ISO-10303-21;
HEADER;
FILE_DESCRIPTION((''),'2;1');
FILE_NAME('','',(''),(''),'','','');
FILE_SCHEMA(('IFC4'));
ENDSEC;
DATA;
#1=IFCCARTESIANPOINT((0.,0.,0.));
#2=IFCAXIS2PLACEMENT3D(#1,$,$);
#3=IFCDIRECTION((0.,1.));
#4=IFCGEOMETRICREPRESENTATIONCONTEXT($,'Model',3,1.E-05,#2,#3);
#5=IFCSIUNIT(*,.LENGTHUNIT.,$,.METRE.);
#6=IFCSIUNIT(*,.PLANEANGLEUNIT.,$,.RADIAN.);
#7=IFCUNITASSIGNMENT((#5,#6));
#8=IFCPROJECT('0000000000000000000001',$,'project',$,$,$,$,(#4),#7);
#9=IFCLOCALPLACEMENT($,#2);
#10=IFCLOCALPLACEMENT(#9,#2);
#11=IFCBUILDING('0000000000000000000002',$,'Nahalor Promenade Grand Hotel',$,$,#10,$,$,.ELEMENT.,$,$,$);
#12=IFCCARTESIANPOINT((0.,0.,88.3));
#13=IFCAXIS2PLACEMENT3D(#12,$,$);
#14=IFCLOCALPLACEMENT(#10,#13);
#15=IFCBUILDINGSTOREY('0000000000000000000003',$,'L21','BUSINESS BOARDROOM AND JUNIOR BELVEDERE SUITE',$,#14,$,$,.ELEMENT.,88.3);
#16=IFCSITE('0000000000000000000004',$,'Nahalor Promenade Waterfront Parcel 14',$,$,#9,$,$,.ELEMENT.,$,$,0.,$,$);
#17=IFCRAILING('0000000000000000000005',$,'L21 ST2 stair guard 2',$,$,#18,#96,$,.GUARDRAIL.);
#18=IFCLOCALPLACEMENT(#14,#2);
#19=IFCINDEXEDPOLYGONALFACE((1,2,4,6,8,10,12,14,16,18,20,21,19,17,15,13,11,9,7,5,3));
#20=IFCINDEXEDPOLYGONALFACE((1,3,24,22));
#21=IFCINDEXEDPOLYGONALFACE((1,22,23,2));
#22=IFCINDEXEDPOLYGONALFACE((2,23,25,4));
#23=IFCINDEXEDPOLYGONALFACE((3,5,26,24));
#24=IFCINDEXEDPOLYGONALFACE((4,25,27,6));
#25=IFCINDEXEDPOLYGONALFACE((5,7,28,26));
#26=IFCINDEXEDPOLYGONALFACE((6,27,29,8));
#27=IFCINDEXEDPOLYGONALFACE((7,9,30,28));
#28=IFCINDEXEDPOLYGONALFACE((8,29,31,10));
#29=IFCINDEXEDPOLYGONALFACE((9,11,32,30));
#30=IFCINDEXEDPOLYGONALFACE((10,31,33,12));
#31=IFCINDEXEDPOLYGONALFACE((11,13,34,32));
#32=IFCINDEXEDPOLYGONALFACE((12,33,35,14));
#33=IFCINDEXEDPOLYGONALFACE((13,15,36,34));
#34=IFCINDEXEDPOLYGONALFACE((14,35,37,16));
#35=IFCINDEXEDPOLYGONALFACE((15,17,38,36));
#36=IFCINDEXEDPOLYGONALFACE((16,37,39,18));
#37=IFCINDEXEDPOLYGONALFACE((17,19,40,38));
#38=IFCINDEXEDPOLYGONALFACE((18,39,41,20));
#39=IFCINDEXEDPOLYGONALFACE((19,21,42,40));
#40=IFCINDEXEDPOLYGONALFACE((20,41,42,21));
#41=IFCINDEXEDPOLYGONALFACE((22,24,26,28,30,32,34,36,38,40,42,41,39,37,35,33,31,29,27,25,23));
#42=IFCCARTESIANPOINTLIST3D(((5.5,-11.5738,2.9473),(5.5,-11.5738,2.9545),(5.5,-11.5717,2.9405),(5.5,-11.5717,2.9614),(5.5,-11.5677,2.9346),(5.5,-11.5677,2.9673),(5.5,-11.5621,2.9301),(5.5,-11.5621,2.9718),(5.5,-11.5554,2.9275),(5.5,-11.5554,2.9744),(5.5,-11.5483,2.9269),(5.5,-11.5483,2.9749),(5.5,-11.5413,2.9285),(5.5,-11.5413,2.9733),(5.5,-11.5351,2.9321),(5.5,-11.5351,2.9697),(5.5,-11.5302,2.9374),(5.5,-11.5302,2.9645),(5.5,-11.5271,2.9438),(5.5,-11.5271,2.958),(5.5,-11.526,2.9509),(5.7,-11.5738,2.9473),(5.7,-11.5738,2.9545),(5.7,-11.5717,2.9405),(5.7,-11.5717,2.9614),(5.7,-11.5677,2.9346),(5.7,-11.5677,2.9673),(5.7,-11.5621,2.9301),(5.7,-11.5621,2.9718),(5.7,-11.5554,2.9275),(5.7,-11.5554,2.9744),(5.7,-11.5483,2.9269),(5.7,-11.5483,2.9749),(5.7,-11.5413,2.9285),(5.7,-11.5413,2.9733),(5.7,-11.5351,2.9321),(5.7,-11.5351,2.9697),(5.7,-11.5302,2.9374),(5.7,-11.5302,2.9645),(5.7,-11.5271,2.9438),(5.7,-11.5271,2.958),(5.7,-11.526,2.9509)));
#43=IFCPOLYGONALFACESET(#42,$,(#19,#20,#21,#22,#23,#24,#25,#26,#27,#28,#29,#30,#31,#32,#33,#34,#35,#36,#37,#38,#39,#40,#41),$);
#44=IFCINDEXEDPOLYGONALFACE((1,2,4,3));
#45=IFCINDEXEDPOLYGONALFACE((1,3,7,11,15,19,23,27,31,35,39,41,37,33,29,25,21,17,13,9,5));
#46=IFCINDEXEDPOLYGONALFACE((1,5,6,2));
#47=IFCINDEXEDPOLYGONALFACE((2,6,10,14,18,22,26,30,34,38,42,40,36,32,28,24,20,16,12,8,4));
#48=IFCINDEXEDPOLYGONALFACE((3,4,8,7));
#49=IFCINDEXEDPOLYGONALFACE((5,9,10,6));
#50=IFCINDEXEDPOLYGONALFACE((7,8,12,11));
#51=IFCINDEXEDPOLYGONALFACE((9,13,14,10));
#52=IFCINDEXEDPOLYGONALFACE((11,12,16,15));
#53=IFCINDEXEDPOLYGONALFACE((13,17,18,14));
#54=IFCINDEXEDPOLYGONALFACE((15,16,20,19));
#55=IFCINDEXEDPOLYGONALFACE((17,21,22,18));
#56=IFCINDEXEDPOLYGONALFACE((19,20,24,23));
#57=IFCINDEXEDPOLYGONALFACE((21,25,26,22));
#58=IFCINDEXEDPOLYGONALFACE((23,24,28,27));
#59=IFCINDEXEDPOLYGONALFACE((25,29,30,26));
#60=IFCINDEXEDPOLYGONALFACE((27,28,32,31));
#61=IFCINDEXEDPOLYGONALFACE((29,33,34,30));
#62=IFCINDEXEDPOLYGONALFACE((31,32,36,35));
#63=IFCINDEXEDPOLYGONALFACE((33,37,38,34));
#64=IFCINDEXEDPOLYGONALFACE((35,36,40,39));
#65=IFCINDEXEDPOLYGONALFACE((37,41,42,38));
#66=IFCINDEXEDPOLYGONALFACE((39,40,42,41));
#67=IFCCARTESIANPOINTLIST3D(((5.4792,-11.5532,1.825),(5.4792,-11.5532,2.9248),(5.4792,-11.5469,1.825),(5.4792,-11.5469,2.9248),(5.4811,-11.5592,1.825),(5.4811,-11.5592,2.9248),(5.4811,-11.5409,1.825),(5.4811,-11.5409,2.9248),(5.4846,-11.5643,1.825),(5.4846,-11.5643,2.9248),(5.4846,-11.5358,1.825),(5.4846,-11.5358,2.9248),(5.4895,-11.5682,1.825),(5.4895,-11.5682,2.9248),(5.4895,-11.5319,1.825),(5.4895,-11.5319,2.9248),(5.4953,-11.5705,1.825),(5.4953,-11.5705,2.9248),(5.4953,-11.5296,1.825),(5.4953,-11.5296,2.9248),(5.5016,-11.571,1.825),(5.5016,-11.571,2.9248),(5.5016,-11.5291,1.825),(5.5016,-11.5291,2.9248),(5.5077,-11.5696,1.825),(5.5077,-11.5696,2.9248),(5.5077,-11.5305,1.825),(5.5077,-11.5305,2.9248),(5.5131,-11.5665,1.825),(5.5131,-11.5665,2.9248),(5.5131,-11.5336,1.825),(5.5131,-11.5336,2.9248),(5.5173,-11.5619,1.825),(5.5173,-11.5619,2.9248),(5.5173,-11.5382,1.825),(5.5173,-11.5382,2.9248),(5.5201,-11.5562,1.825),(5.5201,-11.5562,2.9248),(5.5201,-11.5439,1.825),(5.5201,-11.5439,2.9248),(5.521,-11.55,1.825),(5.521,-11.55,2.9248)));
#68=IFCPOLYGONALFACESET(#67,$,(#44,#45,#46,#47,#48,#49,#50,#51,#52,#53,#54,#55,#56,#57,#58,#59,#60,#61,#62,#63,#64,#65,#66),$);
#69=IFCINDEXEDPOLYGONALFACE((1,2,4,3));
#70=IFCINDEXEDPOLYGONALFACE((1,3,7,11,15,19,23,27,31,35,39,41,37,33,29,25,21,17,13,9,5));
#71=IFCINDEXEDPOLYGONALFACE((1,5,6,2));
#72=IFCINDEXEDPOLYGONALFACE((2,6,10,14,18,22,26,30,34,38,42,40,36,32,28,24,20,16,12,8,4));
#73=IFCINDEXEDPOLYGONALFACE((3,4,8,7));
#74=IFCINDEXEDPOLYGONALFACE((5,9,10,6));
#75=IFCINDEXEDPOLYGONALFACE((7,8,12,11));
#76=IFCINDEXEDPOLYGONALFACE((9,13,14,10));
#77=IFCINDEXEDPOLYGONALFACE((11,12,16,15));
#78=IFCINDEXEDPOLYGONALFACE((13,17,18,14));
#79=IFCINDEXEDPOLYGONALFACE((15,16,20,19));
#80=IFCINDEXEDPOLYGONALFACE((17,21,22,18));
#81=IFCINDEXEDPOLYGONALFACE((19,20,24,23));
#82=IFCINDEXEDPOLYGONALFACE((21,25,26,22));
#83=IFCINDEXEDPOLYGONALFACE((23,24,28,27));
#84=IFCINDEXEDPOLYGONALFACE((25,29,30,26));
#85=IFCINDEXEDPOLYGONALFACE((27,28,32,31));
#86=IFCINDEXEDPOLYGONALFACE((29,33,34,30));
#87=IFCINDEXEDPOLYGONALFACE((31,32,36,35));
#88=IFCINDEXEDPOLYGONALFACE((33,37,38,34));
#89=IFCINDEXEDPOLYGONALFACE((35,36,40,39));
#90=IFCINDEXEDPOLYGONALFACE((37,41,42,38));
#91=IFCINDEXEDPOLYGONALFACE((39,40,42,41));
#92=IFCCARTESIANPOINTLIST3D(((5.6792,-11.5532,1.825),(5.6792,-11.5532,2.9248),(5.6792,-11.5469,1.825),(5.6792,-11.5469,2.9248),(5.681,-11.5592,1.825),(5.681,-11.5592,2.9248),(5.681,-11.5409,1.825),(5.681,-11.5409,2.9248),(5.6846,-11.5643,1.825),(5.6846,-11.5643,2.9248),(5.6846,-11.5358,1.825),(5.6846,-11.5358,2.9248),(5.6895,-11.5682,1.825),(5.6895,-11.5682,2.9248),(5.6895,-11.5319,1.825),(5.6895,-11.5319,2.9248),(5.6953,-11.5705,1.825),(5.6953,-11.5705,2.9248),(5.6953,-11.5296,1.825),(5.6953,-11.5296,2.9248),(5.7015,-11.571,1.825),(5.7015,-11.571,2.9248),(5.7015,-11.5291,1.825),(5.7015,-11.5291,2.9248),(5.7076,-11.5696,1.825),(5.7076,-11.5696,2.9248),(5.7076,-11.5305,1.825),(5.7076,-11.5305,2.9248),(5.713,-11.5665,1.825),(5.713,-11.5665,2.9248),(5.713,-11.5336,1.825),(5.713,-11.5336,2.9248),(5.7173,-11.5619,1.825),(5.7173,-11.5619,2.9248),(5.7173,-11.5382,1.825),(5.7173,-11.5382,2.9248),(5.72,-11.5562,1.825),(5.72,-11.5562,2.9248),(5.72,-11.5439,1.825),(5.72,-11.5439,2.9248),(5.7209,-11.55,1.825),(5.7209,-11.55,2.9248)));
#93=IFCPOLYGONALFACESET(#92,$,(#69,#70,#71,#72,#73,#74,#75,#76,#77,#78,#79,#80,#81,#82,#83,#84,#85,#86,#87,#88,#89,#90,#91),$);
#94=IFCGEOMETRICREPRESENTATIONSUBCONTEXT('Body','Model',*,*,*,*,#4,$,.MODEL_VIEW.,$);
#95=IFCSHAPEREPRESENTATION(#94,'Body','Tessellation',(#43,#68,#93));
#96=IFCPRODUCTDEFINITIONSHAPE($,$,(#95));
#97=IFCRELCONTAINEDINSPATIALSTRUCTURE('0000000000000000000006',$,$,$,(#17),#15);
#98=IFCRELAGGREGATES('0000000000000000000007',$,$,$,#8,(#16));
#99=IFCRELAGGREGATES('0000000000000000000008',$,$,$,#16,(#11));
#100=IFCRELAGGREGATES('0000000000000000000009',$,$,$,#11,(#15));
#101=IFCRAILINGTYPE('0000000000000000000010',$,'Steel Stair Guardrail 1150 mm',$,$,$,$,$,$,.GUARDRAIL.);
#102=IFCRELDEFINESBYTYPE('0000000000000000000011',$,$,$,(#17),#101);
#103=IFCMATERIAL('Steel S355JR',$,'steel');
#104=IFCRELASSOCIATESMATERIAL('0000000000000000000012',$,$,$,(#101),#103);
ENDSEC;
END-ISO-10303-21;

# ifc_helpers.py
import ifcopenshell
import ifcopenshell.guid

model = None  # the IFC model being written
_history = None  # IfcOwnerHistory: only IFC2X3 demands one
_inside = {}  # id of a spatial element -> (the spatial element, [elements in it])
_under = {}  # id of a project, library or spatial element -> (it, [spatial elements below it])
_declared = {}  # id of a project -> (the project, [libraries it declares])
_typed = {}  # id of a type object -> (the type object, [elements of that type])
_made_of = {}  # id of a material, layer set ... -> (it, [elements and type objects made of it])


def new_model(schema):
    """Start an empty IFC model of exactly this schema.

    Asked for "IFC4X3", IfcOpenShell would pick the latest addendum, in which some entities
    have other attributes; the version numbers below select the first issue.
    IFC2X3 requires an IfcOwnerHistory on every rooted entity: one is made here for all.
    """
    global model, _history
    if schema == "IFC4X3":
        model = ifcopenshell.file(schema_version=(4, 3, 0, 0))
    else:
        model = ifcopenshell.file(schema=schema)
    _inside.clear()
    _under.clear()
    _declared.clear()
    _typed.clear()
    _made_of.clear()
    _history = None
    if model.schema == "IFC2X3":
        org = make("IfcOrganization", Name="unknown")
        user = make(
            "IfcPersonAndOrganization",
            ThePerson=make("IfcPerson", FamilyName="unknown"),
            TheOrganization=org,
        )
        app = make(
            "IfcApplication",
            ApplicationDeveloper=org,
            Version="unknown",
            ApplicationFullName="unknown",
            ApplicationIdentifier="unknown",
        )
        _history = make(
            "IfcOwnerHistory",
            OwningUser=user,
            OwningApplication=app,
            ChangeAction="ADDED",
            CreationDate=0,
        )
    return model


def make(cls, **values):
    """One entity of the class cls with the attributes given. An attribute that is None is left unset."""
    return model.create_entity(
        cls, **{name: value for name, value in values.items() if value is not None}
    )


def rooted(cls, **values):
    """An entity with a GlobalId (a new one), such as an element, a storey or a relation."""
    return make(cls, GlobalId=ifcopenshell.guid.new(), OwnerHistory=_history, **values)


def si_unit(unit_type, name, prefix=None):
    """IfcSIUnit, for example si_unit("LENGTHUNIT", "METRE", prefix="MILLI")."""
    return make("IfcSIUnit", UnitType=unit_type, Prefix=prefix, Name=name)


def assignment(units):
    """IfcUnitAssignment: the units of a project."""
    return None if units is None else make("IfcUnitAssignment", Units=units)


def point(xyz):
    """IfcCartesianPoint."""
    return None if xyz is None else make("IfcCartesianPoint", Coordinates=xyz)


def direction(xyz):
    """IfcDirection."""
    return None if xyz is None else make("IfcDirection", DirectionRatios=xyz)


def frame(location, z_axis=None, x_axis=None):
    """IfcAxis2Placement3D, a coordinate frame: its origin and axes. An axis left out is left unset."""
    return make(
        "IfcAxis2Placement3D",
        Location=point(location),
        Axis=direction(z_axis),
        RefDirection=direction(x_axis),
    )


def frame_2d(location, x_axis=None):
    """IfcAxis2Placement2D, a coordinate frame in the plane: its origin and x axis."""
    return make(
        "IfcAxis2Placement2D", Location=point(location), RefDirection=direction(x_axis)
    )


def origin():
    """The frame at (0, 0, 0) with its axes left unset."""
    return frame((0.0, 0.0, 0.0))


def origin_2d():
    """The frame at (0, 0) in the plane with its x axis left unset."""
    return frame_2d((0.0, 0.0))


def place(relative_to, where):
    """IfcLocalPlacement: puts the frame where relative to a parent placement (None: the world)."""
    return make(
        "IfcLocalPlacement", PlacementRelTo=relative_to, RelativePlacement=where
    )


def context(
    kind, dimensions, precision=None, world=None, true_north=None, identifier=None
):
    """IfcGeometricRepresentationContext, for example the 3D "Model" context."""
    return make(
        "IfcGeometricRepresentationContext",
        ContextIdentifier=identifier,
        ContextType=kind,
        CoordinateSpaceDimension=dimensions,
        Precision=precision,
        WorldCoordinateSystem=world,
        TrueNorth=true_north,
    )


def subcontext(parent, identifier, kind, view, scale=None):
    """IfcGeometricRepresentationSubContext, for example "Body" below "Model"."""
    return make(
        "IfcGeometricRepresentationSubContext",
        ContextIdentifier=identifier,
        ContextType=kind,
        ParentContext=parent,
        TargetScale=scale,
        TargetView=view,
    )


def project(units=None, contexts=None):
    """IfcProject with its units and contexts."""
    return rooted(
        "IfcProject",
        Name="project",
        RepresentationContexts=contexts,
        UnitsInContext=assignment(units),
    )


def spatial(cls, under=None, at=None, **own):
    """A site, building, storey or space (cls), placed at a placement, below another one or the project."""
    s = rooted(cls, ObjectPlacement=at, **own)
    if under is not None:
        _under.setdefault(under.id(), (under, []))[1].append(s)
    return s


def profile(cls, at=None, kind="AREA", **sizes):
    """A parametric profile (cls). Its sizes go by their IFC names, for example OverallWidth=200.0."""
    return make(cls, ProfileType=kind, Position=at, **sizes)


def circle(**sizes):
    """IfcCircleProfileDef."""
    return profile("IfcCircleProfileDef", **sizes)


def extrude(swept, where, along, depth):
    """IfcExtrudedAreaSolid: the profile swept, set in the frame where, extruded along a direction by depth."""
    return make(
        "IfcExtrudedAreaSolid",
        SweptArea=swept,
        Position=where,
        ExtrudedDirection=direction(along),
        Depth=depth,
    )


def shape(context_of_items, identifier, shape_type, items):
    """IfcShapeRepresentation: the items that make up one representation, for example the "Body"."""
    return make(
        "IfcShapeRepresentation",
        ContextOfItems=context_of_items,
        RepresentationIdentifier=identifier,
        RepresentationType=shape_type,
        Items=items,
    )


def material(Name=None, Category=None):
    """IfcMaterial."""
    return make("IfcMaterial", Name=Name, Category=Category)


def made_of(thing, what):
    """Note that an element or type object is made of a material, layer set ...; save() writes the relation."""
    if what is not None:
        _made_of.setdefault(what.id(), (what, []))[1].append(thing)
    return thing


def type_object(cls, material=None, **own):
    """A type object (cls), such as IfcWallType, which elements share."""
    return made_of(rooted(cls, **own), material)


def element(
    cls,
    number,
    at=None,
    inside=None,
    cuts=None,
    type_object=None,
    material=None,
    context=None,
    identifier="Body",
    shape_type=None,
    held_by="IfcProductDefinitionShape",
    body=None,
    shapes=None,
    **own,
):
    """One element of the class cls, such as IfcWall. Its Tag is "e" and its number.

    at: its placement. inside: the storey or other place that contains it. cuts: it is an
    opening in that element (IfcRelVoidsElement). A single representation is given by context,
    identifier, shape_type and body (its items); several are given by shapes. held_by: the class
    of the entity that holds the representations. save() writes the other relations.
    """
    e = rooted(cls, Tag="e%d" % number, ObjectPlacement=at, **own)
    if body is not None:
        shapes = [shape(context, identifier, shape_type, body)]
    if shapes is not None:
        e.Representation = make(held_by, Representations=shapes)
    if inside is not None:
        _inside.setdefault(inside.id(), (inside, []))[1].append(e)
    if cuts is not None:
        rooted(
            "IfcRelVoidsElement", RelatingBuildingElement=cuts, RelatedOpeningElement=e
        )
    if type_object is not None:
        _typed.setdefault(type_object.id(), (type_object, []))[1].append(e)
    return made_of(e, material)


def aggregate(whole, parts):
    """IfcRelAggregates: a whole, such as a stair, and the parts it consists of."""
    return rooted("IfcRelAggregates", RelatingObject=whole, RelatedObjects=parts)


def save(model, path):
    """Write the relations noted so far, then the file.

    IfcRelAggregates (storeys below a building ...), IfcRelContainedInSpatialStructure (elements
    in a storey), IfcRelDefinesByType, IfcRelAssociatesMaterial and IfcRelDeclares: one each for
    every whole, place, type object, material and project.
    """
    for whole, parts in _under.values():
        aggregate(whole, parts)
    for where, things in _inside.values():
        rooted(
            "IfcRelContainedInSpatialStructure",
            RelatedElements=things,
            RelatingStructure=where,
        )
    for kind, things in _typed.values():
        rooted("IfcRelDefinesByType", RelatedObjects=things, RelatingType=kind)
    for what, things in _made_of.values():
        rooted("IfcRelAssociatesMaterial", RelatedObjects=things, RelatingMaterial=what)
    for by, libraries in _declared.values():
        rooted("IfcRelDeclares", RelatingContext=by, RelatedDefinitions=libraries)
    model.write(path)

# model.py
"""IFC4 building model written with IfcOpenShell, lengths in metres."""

from ifc_helpers import new_model, si_unit, direction, frame, origin, origin_2d, place, context, subcontext, project, spatial, circle, extrude, material, type_object, element, save


model = new_model("IFC4")

# Units and contexts
model_context = context("Model", 3, precision=1e-05, world=origin(), true_north=direction((0.0, 1.0)))
body_context = subcontext(model_context, "Body", "Model", "MODEL_VIEW")
ifc_project = project(units=[si_unit("LENGTHUNIT", "METRE"), si_unit("PLANEANGLEUNIT", "RADIAN")], contexts=[model_context])

# Site, building, storey
site_placement = place(None, origin())
site = spatial("IfcSite", under=ifc_project, at=site_placement, Name="Nahalor Promenade Waterfront Parcel 14", CompositionType="ELEMENT", RefElevation=0.0)
building_placement = place(site_placement, origin())
building = spatial("IfcBuilding", under=site, at=building_placement, Name="Nahalor Promenade Grand Hotel", CompositionType="ELEMENT")
storey_placement = place(building_placement, frame((0.0, 0.0, 88.3)))
storey = spatial("IfcBuildingStorey", under=building, at=storey_placement, Name="L21", Description="BUSINESS BOARDROOM AND JUNIOR BELVEDERE SUITE", CompositionType="ELEMENT", Elevation=88.3)

# Shared definitions
ifc_material_1 = material(Name="Steel S355JR", Category="steel")

# Railing
railing_type_1 = type_object("IfcRailingType", Name="Steel Stair Guardrail 1150 mm", PredefinedType="GUARDRAIL", material=ifc_material_1)
railing_1_placement = place(storey_placement, frame((5.5, -11.55, 1.825)))
element("IfcRailing", 1, at=railing_1_placement, inside=storey, type_object=railing_type_1, Name="L21 ST2 stair guard 2", PredefinedType="GUARDRAIL", context=body_context, shape_type="SweptSolid", body=[
    extrude(circle(Radius=0.024, at=origin_2d()), frame((0.0, 0.0, 1.126), z_axis=(1.0, 0.0, 0.0), x_axis=(0.0, 1.0, 0.0)), (0.0, 0.0, 1.0), 0.2),
    extrude(circle(Radius=0.021, at=origin_2d()), origin(), (0.0, 0.0, 1.0), 1.0999),
    extrude(circle(Radius=0.021, at=origin_2d()), frame((0.2, 0.0, 0.0)), (0.0, 0.0, 1.0), 1.0999),
])

save(model, "model.ifc")
